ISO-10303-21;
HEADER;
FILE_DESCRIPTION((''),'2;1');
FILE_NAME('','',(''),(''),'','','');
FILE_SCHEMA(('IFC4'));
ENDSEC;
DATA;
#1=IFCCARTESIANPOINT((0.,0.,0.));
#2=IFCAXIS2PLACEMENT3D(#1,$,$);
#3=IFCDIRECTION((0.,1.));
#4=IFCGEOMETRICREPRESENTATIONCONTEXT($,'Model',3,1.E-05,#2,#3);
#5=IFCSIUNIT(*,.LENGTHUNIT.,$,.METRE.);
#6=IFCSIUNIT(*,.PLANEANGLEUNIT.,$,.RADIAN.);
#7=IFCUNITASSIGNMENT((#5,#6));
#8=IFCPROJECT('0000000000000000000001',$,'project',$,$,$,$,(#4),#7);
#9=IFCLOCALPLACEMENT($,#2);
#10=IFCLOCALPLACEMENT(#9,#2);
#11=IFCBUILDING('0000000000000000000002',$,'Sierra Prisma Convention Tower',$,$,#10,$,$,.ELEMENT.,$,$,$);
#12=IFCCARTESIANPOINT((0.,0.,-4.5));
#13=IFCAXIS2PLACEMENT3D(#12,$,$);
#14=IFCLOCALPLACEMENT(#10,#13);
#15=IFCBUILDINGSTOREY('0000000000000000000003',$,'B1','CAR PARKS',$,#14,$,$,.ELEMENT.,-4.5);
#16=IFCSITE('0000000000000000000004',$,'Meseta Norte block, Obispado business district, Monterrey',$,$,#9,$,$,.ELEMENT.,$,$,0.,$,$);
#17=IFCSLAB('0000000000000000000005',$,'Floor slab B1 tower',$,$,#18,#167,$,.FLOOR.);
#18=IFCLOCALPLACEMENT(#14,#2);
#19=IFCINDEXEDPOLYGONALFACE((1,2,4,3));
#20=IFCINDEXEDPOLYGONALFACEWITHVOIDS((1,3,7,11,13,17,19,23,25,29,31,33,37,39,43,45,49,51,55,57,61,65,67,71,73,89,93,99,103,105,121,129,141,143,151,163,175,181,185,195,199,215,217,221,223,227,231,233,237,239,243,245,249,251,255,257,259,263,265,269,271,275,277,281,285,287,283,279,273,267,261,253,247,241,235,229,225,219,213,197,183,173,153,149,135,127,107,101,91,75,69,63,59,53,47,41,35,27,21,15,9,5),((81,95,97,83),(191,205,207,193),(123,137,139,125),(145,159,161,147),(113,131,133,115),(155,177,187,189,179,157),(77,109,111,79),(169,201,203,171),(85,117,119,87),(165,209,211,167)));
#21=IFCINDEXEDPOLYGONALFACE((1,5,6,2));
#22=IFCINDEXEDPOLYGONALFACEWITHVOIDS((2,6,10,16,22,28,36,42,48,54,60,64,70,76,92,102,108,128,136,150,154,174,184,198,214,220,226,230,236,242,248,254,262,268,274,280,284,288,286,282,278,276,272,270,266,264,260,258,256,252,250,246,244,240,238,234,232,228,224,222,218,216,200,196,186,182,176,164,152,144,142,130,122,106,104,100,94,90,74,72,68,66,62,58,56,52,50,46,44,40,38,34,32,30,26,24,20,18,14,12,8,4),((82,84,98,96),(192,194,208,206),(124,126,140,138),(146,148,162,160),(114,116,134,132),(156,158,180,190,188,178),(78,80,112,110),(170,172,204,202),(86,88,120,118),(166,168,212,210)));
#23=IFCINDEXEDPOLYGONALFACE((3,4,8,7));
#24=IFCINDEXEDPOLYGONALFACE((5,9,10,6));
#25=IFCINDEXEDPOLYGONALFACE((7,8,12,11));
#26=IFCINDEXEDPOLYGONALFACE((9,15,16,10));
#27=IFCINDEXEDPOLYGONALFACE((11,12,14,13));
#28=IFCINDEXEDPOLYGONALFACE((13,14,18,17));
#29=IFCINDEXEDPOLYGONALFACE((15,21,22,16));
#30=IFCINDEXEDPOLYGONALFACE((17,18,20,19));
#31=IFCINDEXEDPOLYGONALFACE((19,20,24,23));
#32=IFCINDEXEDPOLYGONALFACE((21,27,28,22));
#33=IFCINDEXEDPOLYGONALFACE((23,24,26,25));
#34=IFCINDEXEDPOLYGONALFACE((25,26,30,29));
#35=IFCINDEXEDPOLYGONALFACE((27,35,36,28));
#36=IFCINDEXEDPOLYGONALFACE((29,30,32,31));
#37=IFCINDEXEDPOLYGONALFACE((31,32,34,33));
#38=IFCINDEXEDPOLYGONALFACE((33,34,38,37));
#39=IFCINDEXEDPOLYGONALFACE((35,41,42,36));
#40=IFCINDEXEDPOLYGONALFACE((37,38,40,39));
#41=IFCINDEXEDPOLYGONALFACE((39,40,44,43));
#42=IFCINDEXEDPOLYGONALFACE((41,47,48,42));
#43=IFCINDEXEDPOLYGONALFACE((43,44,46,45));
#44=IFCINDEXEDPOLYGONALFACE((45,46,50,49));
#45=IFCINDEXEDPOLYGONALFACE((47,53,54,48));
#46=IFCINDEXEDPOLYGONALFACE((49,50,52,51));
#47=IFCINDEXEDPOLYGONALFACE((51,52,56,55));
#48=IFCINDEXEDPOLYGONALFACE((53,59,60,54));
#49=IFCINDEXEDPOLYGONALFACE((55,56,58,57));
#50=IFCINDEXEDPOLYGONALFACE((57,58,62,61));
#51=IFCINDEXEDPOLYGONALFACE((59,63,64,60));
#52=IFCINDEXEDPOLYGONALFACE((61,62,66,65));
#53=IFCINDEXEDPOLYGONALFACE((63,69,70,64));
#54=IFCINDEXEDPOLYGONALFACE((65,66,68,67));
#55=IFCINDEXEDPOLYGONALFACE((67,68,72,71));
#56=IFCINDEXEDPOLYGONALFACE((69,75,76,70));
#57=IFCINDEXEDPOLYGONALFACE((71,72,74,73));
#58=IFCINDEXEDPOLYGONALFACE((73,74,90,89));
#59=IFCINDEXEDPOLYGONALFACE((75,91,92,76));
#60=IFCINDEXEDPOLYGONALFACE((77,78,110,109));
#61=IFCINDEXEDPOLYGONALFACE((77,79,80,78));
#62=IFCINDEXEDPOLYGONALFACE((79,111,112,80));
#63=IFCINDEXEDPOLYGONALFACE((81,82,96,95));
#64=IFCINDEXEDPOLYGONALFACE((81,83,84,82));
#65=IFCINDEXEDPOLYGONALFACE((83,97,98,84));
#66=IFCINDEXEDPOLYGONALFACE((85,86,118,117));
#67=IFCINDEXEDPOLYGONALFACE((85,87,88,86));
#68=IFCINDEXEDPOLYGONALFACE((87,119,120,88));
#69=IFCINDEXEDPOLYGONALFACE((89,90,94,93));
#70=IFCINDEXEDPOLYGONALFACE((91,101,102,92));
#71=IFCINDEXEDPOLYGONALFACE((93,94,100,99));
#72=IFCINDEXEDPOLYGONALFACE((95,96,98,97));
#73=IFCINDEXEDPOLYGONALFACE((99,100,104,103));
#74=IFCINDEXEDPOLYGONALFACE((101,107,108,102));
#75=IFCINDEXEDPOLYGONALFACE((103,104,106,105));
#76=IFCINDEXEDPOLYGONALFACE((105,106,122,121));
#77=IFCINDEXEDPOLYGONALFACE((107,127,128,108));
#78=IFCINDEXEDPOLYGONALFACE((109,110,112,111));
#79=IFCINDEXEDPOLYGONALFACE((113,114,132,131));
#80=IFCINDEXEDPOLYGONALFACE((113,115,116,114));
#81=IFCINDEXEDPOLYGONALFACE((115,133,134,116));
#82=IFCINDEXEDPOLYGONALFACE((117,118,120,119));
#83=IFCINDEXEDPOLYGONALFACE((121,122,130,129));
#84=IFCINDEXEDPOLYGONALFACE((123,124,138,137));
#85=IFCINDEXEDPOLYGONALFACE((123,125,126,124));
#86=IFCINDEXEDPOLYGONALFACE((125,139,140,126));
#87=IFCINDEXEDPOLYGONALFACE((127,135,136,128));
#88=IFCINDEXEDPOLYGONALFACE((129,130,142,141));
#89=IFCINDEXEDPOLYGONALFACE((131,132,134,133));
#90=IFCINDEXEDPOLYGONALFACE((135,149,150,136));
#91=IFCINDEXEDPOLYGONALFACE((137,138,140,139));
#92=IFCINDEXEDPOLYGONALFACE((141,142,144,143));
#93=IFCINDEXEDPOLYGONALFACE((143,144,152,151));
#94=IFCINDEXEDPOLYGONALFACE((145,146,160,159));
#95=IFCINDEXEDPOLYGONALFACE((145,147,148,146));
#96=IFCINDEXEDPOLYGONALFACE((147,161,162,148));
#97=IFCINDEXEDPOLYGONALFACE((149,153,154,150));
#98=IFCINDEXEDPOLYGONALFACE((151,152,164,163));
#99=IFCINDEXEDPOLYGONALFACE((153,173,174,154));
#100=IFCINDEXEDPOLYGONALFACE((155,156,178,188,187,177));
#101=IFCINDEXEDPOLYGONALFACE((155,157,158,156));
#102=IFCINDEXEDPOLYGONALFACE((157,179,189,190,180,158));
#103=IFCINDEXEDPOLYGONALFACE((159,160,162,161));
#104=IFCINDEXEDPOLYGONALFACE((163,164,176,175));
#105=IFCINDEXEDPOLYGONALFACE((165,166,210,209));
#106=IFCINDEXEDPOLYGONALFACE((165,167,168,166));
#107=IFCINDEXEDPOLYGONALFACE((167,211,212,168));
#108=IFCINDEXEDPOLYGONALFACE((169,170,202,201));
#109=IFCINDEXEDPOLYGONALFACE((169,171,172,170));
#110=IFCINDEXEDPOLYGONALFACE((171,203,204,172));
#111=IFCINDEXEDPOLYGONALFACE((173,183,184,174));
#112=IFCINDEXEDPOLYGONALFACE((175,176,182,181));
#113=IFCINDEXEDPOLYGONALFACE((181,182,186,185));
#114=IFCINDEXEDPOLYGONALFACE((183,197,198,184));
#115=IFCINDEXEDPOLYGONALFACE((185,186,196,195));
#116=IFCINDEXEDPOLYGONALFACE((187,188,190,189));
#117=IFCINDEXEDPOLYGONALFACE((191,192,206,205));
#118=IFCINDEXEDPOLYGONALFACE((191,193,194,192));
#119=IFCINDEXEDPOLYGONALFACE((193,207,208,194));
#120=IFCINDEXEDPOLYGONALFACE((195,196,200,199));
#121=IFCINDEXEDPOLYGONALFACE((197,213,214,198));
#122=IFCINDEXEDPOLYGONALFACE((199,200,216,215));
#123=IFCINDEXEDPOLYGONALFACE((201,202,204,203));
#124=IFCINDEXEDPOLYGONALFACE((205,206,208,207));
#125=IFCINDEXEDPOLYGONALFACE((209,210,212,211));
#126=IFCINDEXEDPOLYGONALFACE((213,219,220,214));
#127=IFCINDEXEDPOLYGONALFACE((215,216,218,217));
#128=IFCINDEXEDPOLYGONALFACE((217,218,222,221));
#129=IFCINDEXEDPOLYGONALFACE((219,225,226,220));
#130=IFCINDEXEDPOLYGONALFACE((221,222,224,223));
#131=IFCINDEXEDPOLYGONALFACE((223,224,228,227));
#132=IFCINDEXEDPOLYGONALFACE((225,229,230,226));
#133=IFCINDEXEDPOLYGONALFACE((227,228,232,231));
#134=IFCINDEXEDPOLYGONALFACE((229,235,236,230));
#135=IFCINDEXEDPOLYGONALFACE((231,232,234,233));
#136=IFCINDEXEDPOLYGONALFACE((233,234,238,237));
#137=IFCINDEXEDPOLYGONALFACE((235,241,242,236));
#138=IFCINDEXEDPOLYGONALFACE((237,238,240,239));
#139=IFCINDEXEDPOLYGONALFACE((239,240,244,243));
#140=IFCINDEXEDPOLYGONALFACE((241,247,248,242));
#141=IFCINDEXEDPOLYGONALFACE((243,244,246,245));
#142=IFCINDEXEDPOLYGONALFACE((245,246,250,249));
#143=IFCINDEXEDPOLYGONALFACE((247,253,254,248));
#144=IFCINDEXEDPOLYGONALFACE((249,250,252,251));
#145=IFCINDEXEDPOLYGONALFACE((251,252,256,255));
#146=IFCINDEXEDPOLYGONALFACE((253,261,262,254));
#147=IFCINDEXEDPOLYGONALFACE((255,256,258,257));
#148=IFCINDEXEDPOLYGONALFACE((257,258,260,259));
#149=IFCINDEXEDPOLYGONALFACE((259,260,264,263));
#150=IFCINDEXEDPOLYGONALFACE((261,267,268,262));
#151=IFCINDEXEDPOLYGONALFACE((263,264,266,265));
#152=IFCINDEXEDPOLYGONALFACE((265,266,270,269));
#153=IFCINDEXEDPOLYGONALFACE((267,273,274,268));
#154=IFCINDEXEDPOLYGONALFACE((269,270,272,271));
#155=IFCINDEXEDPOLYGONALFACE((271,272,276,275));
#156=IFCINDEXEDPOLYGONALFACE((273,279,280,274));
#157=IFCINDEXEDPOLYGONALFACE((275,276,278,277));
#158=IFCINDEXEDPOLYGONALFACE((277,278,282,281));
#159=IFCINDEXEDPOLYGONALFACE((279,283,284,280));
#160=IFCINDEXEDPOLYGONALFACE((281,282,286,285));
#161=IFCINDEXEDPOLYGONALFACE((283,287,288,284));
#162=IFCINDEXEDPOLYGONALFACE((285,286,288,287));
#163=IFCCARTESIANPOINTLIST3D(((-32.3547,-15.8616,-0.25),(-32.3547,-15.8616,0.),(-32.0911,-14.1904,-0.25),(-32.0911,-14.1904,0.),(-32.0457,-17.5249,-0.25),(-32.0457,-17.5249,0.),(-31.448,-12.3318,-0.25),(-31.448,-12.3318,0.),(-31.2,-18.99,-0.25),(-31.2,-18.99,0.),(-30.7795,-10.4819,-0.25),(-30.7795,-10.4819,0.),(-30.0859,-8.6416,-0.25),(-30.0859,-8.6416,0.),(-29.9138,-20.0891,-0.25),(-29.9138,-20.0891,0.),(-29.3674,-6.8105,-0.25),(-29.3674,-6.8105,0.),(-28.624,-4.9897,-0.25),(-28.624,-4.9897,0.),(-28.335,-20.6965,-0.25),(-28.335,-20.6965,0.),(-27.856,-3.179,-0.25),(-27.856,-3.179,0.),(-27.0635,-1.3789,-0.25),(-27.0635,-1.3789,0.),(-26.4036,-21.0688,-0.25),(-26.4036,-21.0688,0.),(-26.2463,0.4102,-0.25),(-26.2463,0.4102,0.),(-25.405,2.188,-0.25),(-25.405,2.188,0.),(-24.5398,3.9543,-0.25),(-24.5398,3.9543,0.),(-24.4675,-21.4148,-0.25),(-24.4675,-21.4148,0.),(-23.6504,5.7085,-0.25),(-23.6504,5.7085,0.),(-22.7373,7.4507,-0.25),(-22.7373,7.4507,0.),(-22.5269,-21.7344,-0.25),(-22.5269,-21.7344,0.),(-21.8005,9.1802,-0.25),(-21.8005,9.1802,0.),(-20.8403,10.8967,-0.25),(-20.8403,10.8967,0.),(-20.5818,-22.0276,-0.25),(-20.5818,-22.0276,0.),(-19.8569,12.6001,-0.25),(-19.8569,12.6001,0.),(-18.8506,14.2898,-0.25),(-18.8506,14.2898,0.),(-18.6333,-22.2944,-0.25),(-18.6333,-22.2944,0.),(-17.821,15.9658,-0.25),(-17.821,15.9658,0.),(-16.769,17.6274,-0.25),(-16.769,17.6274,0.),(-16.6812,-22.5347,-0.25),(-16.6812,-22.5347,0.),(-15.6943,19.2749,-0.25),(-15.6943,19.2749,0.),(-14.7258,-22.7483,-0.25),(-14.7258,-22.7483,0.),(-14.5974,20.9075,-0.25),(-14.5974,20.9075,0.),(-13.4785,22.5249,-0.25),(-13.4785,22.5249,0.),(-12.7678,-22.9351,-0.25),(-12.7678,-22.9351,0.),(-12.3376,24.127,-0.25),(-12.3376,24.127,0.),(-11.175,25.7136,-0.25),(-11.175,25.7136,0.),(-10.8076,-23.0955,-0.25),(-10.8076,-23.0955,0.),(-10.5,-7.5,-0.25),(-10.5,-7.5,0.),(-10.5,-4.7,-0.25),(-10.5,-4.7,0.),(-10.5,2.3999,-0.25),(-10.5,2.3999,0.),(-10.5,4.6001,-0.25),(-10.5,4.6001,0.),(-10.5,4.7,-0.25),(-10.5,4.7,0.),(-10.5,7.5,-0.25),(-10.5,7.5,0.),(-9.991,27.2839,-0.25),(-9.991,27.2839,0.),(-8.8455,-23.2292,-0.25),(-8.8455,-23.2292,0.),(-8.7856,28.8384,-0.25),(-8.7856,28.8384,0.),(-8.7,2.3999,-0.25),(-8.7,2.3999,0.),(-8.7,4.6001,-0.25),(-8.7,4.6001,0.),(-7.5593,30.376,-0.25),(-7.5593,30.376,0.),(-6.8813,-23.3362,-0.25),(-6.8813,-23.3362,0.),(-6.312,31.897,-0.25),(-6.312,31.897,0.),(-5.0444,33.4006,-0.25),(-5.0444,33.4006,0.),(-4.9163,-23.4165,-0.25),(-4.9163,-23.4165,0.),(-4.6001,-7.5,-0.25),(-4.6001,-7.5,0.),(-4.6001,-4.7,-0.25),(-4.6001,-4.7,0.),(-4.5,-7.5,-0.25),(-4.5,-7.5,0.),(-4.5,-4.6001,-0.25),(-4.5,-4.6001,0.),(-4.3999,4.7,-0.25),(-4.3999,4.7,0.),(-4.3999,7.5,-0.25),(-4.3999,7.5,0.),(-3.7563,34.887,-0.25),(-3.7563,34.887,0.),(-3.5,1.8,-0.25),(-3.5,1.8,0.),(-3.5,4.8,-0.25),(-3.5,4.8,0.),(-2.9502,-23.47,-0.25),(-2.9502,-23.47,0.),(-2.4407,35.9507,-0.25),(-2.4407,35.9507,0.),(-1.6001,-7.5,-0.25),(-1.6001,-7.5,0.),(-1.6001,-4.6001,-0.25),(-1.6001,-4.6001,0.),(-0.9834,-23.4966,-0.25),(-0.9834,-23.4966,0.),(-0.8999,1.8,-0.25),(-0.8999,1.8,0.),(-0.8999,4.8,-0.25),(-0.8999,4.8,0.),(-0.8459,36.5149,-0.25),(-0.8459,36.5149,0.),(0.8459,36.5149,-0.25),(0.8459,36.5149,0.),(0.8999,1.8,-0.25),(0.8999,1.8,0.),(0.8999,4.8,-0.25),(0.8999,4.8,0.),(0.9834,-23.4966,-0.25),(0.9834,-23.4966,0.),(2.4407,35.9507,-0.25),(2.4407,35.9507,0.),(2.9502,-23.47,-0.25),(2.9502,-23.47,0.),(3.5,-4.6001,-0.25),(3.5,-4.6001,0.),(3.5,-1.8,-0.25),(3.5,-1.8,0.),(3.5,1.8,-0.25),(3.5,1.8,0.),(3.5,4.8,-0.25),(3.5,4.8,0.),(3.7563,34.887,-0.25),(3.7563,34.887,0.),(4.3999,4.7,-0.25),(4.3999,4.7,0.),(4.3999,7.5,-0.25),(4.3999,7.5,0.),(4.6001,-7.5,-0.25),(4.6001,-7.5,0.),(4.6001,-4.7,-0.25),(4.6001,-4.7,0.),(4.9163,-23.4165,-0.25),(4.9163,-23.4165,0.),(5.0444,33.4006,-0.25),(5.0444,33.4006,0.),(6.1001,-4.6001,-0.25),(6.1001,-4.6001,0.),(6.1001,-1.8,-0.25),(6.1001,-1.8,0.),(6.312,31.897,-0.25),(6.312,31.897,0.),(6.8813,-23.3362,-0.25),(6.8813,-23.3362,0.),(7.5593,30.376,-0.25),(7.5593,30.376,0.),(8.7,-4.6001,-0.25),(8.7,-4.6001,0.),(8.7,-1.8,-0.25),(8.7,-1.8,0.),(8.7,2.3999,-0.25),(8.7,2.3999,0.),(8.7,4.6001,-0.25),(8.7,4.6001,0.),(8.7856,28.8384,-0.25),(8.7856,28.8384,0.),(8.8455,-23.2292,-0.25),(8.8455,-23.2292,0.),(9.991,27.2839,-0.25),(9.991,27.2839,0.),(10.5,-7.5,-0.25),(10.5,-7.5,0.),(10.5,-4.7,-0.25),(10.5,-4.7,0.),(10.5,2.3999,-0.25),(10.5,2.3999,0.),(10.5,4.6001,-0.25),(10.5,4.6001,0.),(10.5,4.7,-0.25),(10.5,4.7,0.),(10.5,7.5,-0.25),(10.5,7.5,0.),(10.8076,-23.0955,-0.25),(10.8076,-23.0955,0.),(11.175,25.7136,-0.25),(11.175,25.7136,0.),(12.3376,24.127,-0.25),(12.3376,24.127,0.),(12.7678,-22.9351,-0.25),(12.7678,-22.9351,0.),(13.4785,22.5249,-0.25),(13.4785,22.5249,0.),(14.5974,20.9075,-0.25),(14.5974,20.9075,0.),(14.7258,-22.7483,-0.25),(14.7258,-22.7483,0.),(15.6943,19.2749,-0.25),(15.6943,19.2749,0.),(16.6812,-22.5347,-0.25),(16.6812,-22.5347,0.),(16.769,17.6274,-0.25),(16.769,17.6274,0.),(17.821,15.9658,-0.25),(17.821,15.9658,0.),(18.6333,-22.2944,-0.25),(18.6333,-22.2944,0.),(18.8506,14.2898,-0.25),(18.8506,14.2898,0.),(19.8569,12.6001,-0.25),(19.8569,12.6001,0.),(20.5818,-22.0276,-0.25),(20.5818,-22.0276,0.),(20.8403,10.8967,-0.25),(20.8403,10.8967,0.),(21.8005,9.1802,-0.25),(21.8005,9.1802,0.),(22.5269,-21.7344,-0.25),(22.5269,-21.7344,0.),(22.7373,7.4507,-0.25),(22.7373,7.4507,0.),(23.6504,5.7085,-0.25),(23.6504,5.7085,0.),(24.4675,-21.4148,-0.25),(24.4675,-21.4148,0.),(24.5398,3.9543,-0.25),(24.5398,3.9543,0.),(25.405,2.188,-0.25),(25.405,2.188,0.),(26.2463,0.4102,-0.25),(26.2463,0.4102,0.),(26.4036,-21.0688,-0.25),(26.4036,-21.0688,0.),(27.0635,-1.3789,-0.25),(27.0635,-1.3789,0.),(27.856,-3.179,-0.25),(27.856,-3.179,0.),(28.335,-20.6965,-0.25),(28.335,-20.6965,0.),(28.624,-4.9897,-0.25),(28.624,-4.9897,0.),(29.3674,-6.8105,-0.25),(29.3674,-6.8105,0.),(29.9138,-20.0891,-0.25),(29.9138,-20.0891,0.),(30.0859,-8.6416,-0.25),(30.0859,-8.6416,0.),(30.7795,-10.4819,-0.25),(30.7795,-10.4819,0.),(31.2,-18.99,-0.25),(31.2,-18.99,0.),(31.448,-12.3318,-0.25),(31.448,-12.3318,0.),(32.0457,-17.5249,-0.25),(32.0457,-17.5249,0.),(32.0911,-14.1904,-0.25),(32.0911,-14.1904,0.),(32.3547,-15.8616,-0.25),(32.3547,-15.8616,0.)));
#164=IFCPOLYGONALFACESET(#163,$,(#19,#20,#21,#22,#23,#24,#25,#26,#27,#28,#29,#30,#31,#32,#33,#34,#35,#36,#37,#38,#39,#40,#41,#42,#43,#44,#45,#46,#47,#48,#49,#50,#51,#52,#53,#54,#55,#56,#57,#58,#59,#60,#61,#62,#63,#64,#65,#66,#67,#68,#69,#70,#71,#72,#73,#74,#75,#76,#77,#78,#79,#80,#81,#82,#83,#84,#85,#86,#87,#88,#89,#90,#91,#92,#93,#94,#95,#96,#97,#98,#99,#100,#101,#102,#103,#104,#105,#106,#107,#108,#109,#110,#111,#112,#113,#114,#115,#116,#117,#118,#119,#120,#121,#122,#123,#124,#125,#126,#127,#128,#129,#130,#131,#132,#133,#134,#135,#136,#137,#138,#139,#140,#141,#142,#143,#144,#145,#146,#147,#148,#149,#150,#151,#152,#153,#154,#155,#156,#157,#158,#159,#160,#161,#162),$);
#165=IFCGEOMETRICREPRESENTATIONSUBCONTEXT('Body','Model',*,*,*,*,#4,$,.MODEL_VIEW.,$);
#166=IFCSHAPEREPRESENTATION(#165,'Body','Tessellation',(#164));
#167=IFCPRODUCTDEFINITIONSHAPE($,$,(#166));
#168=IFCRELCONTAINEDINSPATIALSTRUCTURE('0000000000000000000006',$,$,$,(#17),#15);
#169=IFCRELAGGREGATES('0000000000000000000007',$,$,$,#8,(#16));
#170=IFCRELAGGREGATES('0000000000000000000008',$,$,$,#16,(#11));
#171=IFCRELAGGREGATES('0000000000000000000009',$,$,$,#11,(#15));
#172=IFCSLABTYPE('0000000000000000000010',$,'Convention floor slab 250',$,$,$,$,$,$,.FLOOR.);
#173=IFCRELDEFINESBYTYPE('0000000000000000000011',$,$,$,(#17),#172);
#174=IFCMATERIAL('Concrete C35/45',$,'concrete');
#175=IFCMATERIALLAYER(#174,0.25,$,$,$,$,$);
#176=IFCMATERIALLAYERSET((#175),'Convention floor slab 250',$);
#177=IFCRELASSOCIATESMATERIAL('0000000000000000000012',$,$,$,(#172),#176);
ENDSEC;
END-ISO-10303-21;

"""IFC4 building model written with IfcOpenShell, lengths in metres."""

from ifc_helpers import new_model, si_unit, direction, frame, origin, place, context, subcontext, project, spatial, polyline, outline, extrude, material, layer, layer_set, type_object, element, save


model = new_model("IFC4")

# Units and contexts
model_context = context("Model", 3, precision=1e-05, world=origin(), true_north=direction((0.0, 1.0)))
body_context = subcontext(model_context, "Body", "Model", "MODEL_VIEW")
ifc_project = project(units=[si_unit("LENGTHUNIT", "METRE"), si_unit("PLANEANGLEUNIT", "RADIAN")], contexts=[model_context])

# Site, building, storey
site_placement = place(None, origin())
site = spatial("IfcSite", under=ifc_project, at=site_placement, Name="Meseta Norte block, Obispado business district, Monterrey", CompositionType="ELEMENT", RefElevation=0.0)
building_placement = place(site_placement, origin())
building = spatial("IfcBuilding", under=site, at=building_placement, Name="Sierra Prisma Convention Tower", CompositionType="ELEMENT")
storey_placement = place(building_placement, frame((0.0, 0.0, -4.5)))
storey = spatial("IfcBuildingStorey", under=building, at=storey_placement, Name="B1", Description="CAR PARKS", CompositionType="ELEMENT", Elevation=-4.5)

# Slab
ifc_material_1 = material(Name="Concrete C35/45", Category="concrete")
ifc_layer_1 = layer(ifc_material_1, 0.25)
ifc_layer_set_1 = layer_set([ifc_layer_1], Name="Convention floor slab 250")
slab_type_1 = type_object("IfcSlabType", Name="Convention floor slab 250", PredefinedType="FLOOR", material=ifc_layer_set_1)
slab_1_placement = place(storey_placement, frame((0.0, 0.0, -0.25)))
element("IfcSlab", 1, at=slab_1_placement, inside=storey, type_object=slab_type_1, Name="Floor slab B1 tower", PredefinedType="FLOOR", context=body_context, shape_type="SweptSolid", body=[
    extrude(outline(polyline([(-28.335, -20.6965), (-26.4036, -21.0688), (-24.4675, -21.4148), (-22.5269, -21.7344), (-20.5818, -22.0276), (-18.6333, -22.2944), (-16.6812, -22.5347), (-14.7258, -22.7483), (-12.7678, -22.9351), (-10.8076, -23.0955), (-8.8455, -23.2292), (-6.8813, -23.3362), (-4.9163, -23.4165), (-2.9502, -23.47), (-0.9834, -23.4966), (0.9834, -23.4966), (2.9502, -23.47), (4.9163, -23.4165), (6.8813, -23.3362), (8.8455, -23.2292), (10.8076, -23.0955), (12.7678, -22.9351), (14.7258, -22.7483), (16.6812, -22.5347), (18.6333, -22.2944), (20.5818, -22.0276), (22.5269, -21.7344), (24.4675, -21.4148), (26.4036, -21.0688), (28.335, -20.6965), (29.9138, -20.0891), (31.2, -18.99), (32.0457, -17.5249), (32.3547, -15.8616), (32.0911, -14.1904), (31.448, -12.3318), (30.7795, -10.4819), (30.0859, -8.6416), (29.3674, -6.8105), (28.624, -4.9897), (27.856, -3.179), (27.0635, -1.3789), (26.2463, 0.4102), (25.405, 2.188), (24.5398, 3.9543), (23.6504, 5.7085), (22.7373, 7.4507), (21.8005, 9.1802), (20.8403, 10.8967), (19.8569, 12.6001), (18.8506, 14.2898), (17.821, 15.9658), (16.769, 17.6274), (15.6943, 19.2749), (14.5974, 20.9075), (13.4785, 22.5249), (12.3376, 24.127), (11.175, 25.7136), (9.991, 27.2839), (8.7856, 28.8384), (7.5593, 30.376), (6.312, 31.897), (5.0444, 33.4006), (3.7563, 34.887), (2.4407, 35.9507), (0.8459, 36.5149), (-0.8459, 36.5149), (-2.4407, 35.9507), (-3.7563, 34.887), (-5.0444, 33.4006), (-6.312, 31.897), (-7.5593, 30.376), (-8.7856, 28.8384), (-9.991, 27.2839), (-11.175, 25.7136), (-12.3376, 24.127), (-13.4785, 22.5249), (-14.5974, 20.9075), (-15.6943, 19.2749), (-16.769, 17.6274), (-17.821, 15.9658), (-18.8506, 14.2898), (-19.8569, 12.6001), (-20.8403, 10.8967), (-21.8005, 9.1802), (-22.7373, 7.4507), (-23.6504, 5.7085), (-24.5398, 3.9543), (-25.405, 2.188), (-26.2463, 0.4102), (-27.0635, -1.3789), (-27.856, -3.179), (-28.624, -4.9897), (-29.3674, -6.8105), (-30.0859, -8.6416), (-30.7795, -10.4819), (-31.448, -12.3318), (-32.0911, -14.1904), (-32.3547, -15.8616), (-32.0457, -17.5249), (-31.2, -18.99), (-29.9138, -20.0891), (-28.335, -20.6965)]), holes=[polyline([(-4.6001, -7.5), (-10.5, -7.5), (-10.5, -4.7), (-4.6001, -4.7), (-4.6001, -7.5)]), polyline([(-1.6001, -7.5), (-4.5, -7.5), (-4.5, -4.6001), (-1.6001, -4.6001), (-1.6001, -7.5)]), polyline([(-0.8999, 4.8), (-0.8999, 1.8), (-3.5, 1.8), (-3.5, 4.8), (-0.8999, 4.8)]), polyline([(-8.7, 2.3999), (-10.5, 2.3999), (-10.5, 4.6001), (-8.7, 4.6001), (-8.7, 2.3999)]), polyline([(-4.3999, 4.7), (-10.5, 4.7), (-10.5, 7.5), (-4.3999, 7.5), (-4.3999, 4.7)]), polyline([(10.5, -4.7), (10.5, -7.5), (4.6001, -7.5), (4.6001, -4.7), (10.5, -4.7)]), polyline([(8.7, -1.8), (8.7, -4.6001), (6.1001, -4.6001), (3.5, -4.6001), (3.5, -1.8), (6.1001, -1.8), (8.7, -1.8)]), polyline([(3.5, 4.8), (3.5, 1.8), (0.8999, 1.8), (0.8999, 4.8), (3.5, 4.8)]), polyline([(10.5, 2.3999), (8.7, 2.3999), (8.7, 4.6001), (10.5, 4.6001), (10.5, 2.3999)]), polyline([(10.5, 4.7), (4.3999, 4.7), (4.3999, 7.5), (10.5, 7.5), (10.5, 4.7)])]), origin(), (0.0, 0.0, 1.0), 0.25),
])

save(model, "model.ifc")
